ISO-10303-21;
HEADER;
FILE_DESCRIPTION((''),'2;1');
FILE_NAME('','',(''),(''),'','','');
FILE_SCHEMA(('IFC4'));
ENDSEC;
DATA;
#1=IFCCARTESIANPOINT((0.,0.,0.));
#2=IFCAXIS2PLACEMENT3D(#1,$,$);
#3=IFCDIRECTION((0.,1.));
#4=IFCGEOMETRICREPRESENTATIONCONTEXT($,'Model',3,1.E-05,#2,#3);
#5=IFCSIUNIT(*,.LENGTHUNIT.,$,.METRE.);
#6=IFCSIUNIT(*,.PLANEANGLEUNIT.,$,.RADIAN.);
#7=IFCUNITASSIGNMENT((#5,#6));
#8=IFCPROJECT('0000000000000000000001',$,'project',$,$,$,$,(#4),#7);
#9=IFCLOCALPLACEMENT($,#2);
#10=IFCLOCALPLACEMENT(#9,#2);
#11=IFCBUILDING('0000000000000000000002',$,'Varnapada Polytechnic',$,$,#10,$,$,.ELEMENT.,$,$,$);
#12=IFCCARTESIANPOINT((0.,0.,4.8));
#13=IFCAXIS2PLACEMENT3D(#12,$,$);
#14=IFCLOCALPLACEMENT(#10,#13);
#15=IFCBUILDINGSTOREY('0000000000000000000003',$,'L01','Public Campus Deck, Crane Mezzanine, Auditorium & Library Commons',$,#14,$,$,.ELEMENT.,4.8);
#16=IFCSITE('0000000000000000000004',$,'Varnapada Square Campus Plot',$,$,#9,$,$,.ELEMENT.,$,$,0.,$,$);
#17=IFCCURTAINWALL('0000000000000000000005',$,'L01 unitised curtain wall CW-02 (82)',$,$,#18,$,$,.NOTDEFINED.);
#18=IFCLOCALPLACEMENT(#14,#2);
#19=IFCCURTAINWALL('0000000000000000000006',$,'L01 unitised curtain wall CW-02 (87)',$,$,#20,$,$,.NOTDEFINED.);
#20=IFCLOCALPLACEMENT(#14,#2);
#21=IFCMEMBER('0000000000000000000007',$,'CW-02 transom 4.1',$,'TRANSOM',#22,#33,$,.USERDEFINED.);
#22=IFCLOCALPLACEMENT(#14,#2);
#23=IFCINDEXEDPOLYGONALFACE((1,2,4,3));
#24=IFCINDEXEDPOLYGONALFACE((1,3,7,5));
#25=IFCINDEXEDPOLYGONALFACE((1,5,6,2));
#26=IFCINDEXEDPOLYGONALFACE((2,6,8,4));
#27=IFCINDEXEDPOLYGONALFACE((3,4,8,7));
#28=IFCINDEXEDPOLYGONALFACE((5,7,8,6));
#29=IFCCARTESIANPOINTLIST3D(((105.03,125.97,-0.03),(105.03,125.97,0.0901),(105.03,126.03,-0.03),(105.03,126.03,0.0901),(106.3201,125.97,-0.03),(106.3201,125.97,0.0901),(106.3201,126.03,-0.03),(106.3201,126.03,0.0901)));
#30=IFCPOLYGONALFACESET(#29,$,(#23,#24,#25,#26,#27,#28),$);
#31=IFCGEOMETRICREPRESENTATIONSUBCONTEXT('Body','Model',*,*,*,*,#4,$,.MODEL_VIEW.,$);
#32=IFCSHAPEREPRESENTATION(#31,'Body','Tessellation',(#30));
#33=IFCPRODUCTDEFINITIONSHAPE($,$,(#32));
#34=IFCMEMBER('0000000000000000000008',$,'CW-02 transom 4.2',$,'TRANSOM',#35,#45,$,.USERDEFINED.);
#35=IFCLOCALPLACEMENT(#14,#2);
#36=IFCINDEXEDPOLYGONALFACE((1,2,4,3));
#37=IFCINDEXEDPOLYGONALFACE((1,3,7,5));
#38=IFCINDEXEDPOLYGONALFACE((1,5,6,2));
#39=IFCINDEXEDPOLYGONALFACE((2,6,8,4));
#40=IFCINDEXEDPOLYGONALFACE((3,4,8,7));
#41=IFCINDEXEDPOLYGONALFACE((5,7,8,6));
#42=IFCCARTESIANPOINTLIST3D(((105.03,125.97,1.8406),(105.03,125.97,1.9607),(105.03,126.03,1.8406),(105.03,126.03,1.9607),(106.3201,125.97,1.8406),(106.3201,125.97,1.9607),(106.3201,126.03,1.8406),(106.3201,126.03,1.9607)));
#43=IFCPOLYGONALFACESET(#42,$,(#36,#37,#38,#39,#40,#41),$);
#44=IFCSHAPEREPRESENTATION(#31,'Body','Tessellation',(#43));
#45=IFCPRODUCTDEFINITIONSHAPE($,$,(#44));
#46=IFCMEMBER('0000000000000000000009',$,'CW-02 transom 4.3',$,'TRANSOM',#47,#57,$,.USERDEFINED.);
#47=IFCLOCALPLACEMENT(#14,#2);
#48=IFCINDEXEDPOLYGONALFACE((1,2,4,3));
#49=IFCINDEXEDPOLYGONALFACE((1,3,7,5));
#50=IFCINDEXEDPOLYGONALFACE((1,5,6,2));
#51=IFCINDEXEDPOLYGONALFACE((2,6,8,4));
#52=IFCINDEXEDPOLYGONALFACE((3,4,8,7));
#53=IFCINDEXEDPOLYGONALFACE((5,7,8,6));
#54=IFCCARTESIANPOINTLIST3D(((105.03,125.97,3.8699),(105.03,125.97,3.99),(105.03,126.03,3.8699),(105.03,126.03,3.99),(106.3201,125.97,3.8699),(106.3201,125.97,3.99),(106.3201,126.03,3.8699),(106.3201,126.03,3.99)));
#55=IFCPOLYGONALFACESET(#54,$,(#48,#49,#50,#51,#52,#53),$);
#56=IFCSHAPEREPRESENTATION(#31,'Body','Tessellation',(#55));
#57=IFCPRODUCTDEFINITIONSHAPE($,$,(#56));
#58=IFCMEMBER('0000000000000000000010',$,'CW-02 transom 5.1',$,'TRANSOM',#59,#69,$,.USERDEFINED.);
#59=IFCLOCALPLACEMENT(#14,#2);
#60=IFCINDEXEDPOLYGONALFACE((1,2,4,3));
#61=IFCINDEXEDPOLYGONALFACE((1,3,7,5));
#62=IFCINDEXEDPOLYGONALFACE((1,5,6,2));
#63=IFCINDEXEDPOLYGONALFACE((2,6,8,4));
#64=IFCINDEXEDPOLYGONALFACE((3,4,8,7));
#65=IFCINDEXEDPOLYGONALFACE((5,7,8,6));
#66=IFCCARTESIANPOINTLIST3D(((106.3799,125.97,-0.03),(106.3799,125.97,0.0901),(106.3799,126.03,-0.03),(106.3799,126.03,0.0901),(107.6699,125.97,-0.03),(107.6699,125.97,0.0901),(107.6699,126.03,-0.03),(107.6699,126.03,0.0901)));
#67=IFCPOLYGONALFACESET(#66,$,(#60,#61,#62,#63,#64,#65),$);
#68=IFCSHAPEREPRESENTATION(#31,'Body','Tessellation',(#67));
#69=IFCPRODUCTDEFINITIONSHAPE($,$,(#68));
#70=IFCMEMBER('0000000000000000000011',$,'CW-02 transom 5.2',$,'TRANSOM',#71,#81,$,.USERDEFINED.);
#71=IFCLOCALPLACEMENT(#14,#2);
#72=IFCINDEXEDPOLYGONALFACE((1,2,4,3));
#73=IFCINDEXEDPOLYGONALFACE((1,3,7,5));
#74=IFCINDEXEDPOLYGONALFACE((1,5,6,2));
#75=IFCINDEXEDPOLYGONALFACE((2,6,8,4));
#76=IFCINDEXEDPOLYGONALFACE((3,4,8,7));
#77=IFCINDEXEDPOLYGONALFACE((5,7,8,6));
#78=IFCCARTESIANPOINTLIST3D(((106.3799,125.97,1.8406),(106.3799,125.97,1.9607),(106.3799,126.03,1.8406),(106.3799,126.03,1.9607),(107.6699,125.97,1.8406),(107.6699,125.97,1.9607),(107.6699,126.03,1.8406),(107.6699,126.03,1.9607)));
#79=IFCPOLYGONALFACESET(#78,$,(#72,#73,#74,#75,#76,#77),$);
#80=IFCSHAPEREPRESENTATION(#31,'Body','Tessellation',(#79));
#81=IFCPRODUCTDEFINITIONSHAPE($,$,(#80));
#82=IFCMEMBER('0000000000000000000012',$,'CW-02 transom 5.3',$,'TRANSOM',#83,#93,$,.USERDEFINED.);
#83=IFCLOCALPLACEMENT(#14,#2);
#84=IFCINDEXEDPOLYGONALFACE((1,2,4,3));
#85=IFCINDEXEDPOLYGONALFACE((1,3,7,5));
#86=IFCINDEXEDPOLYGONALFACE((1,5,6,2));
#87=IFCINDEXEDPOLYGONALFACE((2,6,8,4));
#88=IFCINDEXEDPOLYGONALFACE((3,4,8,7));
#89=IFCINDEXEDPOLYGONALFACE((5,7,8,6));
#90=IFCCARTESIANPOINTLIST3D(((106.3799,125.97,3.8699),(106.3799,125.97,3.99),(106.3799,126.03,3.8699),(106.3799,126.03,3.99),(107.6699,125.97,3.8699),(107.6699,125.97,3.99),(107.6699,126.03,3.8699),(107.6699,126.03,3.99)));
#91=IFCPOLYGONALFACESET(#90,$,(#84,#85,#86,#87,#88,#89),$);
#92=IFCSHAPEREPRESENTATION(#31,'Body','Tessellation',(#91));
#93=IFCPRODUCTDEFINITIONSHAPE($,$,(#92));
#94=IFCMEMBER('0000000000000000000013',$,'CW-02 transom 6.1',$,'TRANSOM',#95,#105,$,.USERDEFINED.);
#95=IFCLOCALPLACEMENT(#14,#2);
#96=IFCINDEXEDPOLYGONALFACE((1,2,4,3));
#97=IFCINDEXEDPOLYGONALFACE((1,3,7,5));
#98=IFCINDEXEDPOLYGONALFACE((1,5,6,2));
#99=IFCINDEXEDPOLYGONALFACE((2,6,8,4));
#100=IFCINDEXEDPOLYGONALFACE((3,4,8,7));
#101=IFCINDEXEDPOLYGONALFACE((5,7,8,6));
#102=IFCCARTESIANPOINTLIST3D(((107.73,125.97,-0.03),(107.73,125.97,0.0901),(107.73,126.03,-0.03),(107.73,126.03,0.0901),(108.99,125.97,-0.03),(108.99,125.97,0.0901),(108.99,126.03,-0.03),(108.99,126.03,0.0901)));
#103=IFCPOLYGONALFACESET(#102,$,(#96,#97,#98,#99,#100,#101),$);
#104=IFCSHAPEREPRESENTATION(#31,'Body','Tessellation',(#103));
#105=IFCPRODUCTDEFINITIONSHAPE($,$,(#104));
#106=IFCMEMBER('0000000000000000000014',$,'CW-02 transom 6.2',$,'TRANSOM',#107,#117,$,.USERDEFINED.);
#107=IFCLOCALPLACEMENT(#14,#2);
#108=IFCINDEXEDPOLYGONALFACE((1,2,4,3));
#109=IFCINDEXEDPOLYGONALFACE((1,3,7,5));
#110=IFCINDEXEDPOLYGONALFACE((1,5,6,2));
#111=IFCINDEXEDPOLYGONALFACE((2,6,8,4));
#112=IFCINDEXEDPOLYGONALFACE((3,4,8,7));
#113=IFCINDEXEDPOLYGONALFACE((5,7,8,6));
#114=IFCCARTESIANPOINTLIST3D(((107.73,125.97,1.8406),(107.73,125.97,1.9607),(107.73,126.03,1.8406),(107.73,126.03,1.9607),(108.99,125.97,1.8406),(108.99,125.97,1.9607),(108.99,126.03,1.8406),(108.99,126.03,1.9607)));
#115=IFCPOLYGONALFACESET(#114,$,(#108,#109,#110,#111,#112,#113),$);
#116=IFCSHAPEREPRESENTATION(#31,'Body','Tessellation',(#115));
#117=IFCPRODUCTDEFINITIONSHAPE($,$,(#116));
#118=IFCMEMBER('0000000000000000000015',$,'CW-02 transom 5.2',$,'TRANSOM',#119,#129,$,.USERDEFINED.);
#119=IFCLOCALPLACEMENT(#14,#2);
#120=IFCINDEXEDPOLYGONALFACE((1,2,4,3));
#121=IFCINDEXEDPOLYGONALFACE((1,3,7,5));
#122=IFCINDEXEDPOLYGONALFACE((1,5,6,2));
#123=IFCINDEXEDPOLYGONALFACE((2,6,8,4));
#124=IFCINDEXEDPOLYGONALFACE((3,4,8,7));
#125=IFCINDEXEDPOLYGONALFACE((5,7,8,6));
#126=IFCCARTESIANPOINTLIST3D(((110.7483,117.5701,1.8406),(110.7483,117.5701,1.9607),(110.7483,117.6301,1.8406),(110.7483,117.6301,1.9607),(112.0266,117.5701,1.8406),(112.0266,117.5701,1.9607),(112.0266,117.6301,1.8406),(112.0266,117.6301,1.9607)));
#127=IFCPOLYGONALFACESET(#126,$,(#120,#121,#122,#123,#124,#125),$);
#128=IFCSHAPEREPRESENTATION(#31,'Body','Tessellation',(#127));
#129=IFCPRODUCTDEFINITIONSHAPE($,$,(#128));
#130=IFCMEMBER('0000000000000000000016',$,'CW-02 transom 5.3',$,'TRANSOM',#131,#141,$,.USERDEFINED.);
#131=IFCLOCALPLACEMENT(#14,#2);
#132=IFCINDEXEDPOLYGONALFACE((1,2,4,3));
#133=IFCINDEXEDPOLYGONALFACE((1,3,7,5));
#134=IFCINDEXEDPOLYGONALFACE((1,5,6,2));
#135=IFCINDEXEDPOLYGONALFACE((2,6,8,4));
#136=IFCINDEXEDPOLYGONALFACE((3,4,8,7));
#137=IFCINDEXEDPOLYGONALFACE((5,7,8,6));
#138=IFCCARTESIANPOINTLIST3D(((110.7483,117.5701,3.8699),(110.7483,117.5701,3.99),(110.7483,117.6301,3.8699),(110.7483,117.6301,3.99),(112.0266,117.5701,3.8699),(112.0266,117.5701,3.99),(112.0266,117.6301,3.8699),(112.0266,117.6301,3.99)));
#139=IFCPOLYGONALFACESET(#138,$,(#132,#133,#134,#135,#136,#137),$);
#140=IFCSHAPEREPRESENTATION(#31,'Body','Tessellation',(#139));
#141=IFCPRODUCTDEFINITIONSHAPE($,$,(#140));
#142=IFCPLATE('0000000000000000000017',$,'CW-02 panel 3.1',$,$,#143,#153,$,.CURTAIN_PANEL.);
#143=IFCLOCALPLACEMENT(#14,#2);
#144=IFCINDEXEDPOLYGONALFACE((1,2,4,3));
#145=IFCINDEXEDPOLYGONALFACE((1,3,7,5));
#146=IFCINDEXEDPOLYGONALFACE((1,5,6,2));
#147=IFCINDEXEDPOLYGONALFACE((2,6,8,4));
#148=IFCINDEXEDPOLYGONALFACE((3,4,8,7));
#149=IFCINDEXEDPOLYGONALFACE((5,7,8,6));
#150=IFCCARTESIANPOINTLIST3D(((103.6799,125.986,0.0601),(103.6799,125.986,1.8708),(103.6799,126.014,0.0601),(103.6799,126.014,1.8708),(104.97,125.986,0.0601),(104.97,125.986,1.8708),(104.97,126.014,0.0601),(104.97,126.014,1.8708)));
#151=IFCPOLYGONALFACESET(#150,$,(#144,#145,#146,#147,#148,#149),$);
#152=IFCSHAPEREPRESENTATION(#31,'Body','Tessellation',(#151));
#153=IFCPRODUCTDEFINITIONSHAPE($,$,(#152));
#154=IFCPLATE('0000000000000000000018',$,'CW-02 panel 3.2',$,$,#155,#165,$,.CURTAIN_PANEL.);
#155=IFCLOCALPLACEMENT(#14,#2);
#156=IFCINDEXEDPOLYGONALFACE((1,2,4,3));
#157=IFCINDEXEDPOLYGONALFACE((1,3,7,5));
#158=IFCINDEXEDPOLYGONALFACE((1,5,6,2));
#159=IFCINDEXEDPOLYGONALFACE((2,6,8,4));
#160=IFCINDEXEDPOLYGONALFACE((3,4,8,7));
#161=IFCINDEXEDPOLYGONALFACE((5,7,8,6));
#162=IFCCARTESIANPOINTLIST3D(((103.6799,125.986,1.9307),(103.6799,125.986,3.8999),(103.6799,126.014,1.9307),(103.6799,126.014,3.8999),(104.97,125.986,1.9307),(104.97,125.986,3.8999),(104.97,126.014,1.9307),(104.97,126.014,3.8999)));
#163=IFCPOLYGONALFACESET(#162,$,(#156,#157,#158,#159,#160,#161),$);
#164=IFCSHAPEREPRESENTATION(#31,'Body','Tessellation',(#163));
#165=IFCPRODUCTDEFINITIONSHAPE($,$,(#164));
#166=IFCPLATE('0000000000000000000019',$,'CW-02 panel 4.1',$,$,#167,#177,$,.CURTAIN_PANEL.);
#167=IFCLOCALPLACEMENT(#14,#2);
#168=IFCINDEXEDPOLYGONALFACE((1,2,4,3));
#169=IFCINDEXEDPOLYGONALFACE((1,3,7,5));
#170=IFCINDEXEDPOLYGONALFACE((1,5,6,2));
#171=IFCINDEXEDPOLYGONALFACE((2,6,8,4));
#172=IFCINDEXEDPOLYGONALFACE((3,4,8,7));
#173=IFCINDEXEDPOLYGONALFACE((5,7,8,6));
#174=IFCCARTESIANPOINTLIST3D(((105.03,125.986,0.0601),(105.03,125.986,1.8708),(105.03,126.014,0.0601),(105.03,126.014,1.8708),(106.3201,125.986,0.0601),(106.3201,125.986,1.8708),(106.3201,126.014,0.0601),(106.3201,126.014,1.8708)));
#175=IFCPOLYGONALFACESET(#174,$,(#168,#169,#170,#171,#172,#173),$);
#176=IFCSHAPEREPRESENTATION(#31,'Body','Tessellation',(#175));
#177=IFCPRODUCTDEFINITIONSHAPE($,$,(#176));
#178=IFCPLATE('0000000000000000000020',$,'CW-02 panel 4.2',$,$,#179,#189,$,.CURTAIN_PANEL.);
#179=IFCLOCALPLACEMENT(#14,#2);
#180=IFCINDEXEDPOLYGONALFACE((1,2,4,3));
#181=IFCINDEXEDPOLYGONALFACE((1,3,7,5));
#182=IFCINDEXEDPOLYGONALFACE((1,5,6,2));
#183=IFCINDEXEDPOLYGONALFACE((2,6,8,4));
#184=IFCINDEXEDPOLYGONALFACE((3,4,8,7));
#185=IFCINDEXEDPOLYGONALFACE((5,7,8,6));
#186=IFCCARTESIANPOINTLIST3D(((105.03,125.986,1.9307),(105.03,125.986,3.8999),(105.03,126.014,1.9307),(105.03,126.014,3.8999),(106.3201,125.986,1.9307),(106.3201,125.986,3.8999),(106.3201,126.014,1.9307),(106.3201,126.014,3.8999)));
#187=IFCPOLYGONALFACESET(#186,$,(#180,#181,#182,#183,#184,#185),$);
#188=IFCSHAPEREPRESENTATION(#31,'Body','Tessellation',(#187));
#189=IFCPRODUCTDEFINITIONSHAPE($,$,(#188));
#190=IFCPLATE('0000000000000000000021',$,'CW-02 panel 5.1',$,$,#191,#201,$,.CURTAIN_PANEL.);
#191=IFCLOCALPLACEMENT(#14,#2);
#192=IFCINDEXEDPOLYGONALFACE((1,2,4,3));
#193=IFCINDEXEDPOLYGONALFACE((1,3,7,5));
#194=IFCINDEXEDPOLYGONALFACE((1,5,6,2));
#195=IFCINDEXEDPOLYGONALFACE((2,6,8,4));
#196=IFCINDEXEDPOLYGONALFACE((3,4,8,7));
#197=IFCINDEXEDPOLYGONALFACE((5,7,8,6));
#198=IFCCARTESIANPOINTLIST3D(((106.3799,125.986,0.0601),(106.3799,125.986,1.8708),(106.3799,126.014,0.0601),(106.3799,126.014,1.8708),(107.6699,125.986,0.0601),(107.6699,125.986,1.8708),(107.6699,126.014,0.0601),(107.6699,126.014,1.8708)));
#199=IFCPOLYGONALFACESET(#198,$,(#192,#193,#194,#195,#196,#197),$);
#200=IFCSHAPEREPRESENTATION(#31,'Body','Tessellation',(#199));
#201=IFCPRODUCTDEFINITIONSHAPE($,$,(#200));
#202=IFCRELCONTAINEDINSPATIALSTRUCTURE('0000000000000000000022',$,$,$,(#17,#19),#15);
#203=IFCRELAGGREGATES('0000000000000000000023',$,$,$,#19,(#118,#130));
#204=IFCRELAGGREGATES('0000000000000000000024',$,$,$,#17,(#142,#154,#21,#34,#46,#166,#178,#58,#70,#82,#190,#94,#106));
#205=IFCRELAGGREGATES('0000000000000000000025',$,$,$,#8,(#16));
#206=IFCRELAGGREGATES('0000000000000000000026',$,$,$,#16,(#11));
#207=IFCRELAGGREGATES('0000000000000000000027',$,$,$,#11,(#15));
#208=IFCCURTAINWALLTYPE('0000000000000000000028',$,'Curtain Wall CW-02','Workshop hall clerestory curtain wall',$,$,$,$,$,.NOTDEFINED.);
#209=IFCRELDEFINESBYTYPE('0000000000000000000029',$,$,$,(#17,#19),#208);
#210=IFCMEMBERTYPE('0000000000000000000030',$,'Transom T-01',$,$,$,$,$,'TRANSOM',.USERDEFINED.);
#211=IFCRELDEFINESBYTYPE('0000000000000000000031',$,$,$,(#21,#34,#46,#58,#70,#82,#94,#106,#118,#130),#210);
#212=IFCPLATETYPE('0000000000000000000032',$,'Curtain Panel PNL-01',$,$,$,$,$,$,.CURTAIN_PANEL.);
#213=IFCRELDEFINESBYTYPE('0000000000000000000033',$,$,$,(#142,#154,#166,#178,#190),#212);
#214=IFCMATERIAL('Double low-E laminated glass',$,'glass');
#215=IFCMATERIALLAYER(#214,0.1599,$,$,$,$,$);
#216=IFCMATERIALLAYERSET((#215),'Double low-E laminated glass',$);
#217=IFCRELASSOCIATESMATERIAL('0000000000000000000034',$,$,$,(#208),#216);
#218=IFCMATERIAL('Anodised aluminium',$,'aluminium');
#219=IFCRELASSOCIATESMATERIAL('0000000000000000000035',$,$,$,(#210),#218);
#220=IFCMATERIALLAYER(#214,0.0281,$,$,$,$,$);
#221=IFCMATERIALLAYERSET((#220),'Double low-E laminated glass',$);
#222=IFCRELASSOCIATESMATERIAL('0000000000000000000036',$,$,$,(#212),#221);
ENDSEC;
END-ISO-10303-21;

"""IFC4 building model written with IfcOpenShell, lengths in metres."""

from ifc_helpers import new_model, si_unit, direction, frame, origin, origin_2d, place, context, subcontext, project, spatial, rectangle, extrude, material, layer, layer_set, material_profile, profile_set, type_object, element, aggregate, save


model = new_model("IFC4")

# Units and contexts
model_context = context("Model", 3, precision=1e-05, world=origin(), true_north=direction((0.0, 1.0)))
body_context = subcontext(model_context, "Body", "Model", "MODEL_VIEW")
ifc_project = project(units=[si_unit("LENGTHUNIT", "METRE"), si_unit("PLANEANGLEUNIT", "RADIAN")], contexts=[model_context])

# Site, building, storey
site_placement = place(None, origin())
site = spatial("IfcSite", under=ifc_project, at=site_placement, Name="Varnapada Square Campus Plot", CompositionType="ELEMENT", RefElevation=0.0)
building_placement = place(site_placement, origin())
building = spatial("IfcBuilding", under=site, at=building_placement, Name="Varnapada Polytechnic", CompositionType="ELEMENT")
storey_placement = place(building_placement, frame((0.0, 0.0, 4.8)))
storey = spatial("IfcBuildingStorey", under=building, at=storey_placement, Name="L01", Description="Public Campus Deck, Crane Mezzanine, Auditorium & Library Commons", CompositionType="ELEMENT", Elevation=4.8)

# Curtain wall
ifc_material_1 = material(Name="Double low-E laminated glass", Category="glass")
ifc_layer_1 = layer(ifc_material_1, 0.1599)
ifc_layer_set_1 = layer_set([ifc_layer_1], Name="Double low-E laminated glass")
curtain_wall_type = type_object("IfcCurtainWallType", Name="Curtain Wall CW-02", Description="Workshop hall clerestory curtain wall", PredefinedType="NOTDEFINED", material=ifc_layer_set_1)
curtain_wall_1_placement = place(storey_placement, origin())
curtain_wall_1 = element("IfcCurtainWall", 1, at=curtain_wall_1_placement, inside=storey, type_object=curtain_wall_type, Name="L01 unitised curtain wall CW-02 (82)", PredefinedType="NOTDEFINED")
ifc_material_2 = material(Name="Anodised aluminium", Category="aluminium")

# Curtain wall
curtain_wall_2_placement = place(storey_placement, origin())
curtain_wall_2 = element("IfcCurtainWall", 2, at=curtain_wall_2_placement, inside=storey, type_object=curtain_wall_type, Name="L01 unitised curtain wall CW-02 (87)", PredefinedType="NOTDEFINED")

# Members
ifc_material_profile_1 = material_profile(ifc_material_2, rectangle(XDim=0.0601, YDim=0.1201, at=origin_2d()), Name="ALU T60x120")
ifc_profile_set_1 = profile_set([ifc_material_profile_1], Name="Anodised aluminium")
member_type_1 = type_object("IfcMemberType", Name="Transom T-01", ElementType="TRANSOM", PredefinedType="USERDEFINED", material=ifc_profile_set_1)
member_1_placement = place(storey_placement, frame((105.03, 126.0, 0.03), z_axis=(1.0, 0.0, 0.0), x_axis=(0.0, 1.0, 0.0)))
member_1 = element("IfcMember", 3, at=member_1_placement, type_object=member_type_1, Name="CW-02 transom 4.1", ObjectType="TRANSOM", PredefinedType="USERDEFINED", context=body_context, shape_type="SweptSolid", body=[
    extrude(rectangle(XDim=0.0601, YDim=0.1201, at=origin_2d()), origin(), (0.0, 0.0, 1.0), 1.29),
])
member_2_placement = place(storey_placement, frame((105.03, 126.0, 1.9006), z_axis=(1.0, 0.0, 0.0), x_axis=(0.0, 1.0, 0.0)))
member_2 = element("IfcMember", 4, at=member_2_placement, type_object=member_type_1, Name="CW-02 transom 4.2", ObjectType="TRANSOM", PredefinedType="USERDEFINED", context=body_context, shape_type="SweptSolid", body=[
    extrude(rectangle(XDim=0.0601, YDim=0.1201, at=origin_2d()), origin(), (0.0, 0.0, 1.0), 1.29),
])
member_3_placement = place(storey_placement, frame((105.03, 126.0, 3.9299), z_axis=(1.0, 0.0, 0.0), x_axis=(0.0, 1.0, 0.0)))
member_3 = element("IfcMember", 5, at=member_3_placement, type_object=member_type_1, Name="CW-02 transom 4.3", ObjectType="TRANSOM", PredefinedType="USERDEFINED", context=body_context, shape_type="SweptSolid", body=[
    extrude(rectangle(XDim=0.0601, YDim=0.1201, at=origin_2d()), origin(), (0.0, 0.0, 1.0), 1.29),
])
member_4_placement = place(storey_placement, frame((106.3799, 126.0, 0.03), z_axis=(1.0, 0.0, 0.0), x_axis=(0.0, 1.0, 0.0)))
member_4 = element("IfcMember", 6, at=member_4_placement, type_object=member_type_1, Name="CW-02 transom 5.1", ObjectType="TRANSOM", PredefinedType="USERDEFINED", context=body_context, shape_type="SweptSolid", body=[
    extrude(rectangle(XDim=0.0601, YDim=0.1201, at=origin_2d()), origin(), (0.0, 0.0, 1.0), 1.29),
])
member_5_placement = place(storey_placement, frame((106.3799, 126.0, 1.9006), z_axis=(1.0, 0.0, 0.0), x_axis=(0.0, 1.0, 0.0)))
member_5 = element("IfcMember", 7, at=member_5_placement, type_object=member_type_1, Name="CW-02 transom 5.2", ObjectType="TRANSOM", PredefinedType="USERDEFINED", context=body_context, shape_type="SweptSolid", body=[
    extrude(rectangle(XDim=0.0601, YDim=0.1201, at=origin_2d()), origin(), (0.0, 0.0, 1.0), 1.29),
])
member_6_placement = place(storey_placement, frame((106.3799, 126.0, 3.9299), z_axis=(1.0, 0.0, 0.0), x_axis=(0.0, 1.0, 0.0)))
member_6 = element("IfcMember", 8, at=member_6_placement, type_object=member_type_1, Name="CW-02 transom 5.3", ObjectType="TRANSOM", PredefinedType="USERDEFINED", context=body_context, shape_type="SweptSolid", body=[
    extrude(rectangle(XDim=0.0601, YDim=0.1201, at=origin_2d()), origin(), (0.0, 0.0, 1.0), 1.29),
])
member_7_placement = place(storey_placement, frame((107.73, 126.0, 0.03), z_axis=(1.0, 0.0, 0.0), x_axis=(0.0, 1.0, 0.0)))
member_7 = element("IfcMember", 9, at=member_7_placement, type_object=member_type_1, Name="CW-02 transom 6.1", ObjectType="TRANSOM", PredefinedType="USERDEFINED", context=body_context, shape_type="SweptSolid", body=[
    extrude(rectangle(XDim=0.0601, YDim=0.1201, at=origin_2d()), origin(), (0.0, 0.0, 1.0), 1.26),
])
member_8_placement = place(storey_placement, frame((107.73, 126.0, 1.9006), z_axis=(1.0, 0.0, 0.0), x_axis=(0.0, 1.0, 0.0)))
member_8 = element("IfcMember", 10, at=member_8_placement, type_object=member_type_1, Name="CW-02 transom 6.2", ObjectType="TRANSOM", PredefinedType="USERDEFINED", context=body_context, shape_type="SweptSolid", body=[
    extrude(rectangle(XDim=0.0601, YDim=0.1201, at=origin_2d()), origin(), (0.0, 0.0, 1.0), 1.26),
])
member_9_placement = place(storey_placement, frame((112.0266, 117.6001, 1.9006), z_axis=(-1.0, 0.0, 0.0), x_axis=(0.0, -1.0, 0.0)))
member_9 = element("IfcMember", 11, at=member_9_placement, type_object=member_type_1, Name="CW-02 transom 5.2", ObjectType="TRANSOM", PredefinedType="USERDEFINED", context=body_context, shape_type="SweptSolid", body=[
    extrude(rectangle(XDim=0.0601, YDim=0.1201, at=origin_2d()), origin(), (0.0, 0.0, 1.0), 1.2783),
])
member_10_placement = place(storey_placement, frame((112.0266, 117.6001, 3.9299), z_axis=(-1.0, 0.0, 0.0), x_axis=(0.0, -1.0, 0.0)))
member_10 = element("IfcMember", 12, at=member_10_placement, type_object=member_type_1, Name="CW-02 transom 5.3", ObjectType="TRANSOM", PredefinedType="USERDEFINED", context=body_context, shape_type="SweptSolid", body=[
    extrude(rectangle(XDim=0.0601, YDim=0.1201, at=origin_2d()), origin(), (0.0, 0.0, 1.0), 1.2783),
])
aggregate(curtain_wall_2, [member_9, member_10])

# Plates
ifc_layer_2 = layer(ifc_material_1, 0.0281)
ifc_layer_set_2 = layer_set([ifc_layer_2], Name="Double low-E laminated glass")
plate_type = type_object("IfcPlateType", Name="Curtain Panel PNL-01", PredefinedType="CURTAIN_PANEL", material=ifc_layer_set_2)
plate_1_placement = place(storey_placement, frame((104.325, 126.0, 0.0601), z_axis=(0.0, 0.0, 1.0), x_axis=(1.0, 0.0, 0.0)))
plate_1 = element("IfcPlate", 13, at=plate_1_placement, type_object=plate_type, Name="CW-02 panel 3.1", PredefinedType="CURTAIN_PANEL", context=body_context, shape_type="SweptSolid", body=[
    extrude(rectangle(XDim=1.29, YDim=0.0281, at=origin_2d()), origin(), (0.0, 0.0, 1.0), 1.8108),
])
plate_2_placement = place(storey_placement, frame((104.325, 126.0, 1.9307), z_axis=(0.0, 0.0, 1.0), x_axis=(1.0, 0.0, 0.0)))
plate_2 = element("IfcPlate", 14, at=plate_2_placement, type_object=plate_type, Name="CW-02 panel 3.2", PredefinedType="CURTAIN_PANEL", context=body_context, shape_type="SweptSolid", body=[
    extrude(rectangle(XDim=1.29, YDim=0.0281, at=origin_2d()), origin(), (0.0, 0.0, 1.0), 1.9692),
])
plate_3_placement = place(storey_placement, frame((105.675, 126.0, 0.0601), z_axis=(0.0, 0.0, 1.0), x_axis=(1.0, 0.0, 0.0)))
plate_3 = element("IfcPlate", 15, at=plate_3_placement, type_object=plate_type, Name="CW-02 panel 4.1", PredefinedType="CURTAIN_PANEL", context=body_context, shape_type="SweptSolid", body=[
    extrude(rectangle(XDim=1.29, YDim=0.0281, at=origin_2d()), origin(), (0.0, 0.0, 1.0), 1.8108),
])
plate_4_placement = place(storey_placement, frame((105.675, 126.0, 1.9307), z_axis=(0.0, 0.0, 1.0), x_axis=(1.0, 0.0, 0.0)))
plate_4 = element("IfcPlate", 16, at=plate_4_placement, type_object=plate_type, Name="CW-02 panel 4.2", PredefinedType="CURTAIN_PANEL", context=body_context, shape_type="SweptSolid", body=[
    extrude(rectangle(XDim=1.29, YDim=0.0281, at=origin_2d()), origin(), (0.0, 0.0, 1.0), 1.9692),
])
plate_5_placement = place(storey_placement, frame((107.0249, 126.0, 0.0601), z_axis=(0.0, 0.0, 1.0), x_axis=(1.0, 0.0, 0.0)))
plate_5 = element("IfcPlate", 17, at=plate_5_placement, type_object=plate_type, Name="CW-02 panel 5.1", PredefinedType="CURTAIN_PANEL", context=body_context, shape_type="SweptSolid", body=[
    extrude(rectangle(XDim=1.29, YDim=0.0281, at=origin_2d()), origin(), (0.0, 0.0, 1.0), 1.8108),
])
aggregate(curtain_wall_1, [plate_1, plate_2, member_1, member_2, member_3, plate_3, plate_4, member_4, member_5, member_6, plate_5, member_7, member_8])

save(model, "model.ifc")
